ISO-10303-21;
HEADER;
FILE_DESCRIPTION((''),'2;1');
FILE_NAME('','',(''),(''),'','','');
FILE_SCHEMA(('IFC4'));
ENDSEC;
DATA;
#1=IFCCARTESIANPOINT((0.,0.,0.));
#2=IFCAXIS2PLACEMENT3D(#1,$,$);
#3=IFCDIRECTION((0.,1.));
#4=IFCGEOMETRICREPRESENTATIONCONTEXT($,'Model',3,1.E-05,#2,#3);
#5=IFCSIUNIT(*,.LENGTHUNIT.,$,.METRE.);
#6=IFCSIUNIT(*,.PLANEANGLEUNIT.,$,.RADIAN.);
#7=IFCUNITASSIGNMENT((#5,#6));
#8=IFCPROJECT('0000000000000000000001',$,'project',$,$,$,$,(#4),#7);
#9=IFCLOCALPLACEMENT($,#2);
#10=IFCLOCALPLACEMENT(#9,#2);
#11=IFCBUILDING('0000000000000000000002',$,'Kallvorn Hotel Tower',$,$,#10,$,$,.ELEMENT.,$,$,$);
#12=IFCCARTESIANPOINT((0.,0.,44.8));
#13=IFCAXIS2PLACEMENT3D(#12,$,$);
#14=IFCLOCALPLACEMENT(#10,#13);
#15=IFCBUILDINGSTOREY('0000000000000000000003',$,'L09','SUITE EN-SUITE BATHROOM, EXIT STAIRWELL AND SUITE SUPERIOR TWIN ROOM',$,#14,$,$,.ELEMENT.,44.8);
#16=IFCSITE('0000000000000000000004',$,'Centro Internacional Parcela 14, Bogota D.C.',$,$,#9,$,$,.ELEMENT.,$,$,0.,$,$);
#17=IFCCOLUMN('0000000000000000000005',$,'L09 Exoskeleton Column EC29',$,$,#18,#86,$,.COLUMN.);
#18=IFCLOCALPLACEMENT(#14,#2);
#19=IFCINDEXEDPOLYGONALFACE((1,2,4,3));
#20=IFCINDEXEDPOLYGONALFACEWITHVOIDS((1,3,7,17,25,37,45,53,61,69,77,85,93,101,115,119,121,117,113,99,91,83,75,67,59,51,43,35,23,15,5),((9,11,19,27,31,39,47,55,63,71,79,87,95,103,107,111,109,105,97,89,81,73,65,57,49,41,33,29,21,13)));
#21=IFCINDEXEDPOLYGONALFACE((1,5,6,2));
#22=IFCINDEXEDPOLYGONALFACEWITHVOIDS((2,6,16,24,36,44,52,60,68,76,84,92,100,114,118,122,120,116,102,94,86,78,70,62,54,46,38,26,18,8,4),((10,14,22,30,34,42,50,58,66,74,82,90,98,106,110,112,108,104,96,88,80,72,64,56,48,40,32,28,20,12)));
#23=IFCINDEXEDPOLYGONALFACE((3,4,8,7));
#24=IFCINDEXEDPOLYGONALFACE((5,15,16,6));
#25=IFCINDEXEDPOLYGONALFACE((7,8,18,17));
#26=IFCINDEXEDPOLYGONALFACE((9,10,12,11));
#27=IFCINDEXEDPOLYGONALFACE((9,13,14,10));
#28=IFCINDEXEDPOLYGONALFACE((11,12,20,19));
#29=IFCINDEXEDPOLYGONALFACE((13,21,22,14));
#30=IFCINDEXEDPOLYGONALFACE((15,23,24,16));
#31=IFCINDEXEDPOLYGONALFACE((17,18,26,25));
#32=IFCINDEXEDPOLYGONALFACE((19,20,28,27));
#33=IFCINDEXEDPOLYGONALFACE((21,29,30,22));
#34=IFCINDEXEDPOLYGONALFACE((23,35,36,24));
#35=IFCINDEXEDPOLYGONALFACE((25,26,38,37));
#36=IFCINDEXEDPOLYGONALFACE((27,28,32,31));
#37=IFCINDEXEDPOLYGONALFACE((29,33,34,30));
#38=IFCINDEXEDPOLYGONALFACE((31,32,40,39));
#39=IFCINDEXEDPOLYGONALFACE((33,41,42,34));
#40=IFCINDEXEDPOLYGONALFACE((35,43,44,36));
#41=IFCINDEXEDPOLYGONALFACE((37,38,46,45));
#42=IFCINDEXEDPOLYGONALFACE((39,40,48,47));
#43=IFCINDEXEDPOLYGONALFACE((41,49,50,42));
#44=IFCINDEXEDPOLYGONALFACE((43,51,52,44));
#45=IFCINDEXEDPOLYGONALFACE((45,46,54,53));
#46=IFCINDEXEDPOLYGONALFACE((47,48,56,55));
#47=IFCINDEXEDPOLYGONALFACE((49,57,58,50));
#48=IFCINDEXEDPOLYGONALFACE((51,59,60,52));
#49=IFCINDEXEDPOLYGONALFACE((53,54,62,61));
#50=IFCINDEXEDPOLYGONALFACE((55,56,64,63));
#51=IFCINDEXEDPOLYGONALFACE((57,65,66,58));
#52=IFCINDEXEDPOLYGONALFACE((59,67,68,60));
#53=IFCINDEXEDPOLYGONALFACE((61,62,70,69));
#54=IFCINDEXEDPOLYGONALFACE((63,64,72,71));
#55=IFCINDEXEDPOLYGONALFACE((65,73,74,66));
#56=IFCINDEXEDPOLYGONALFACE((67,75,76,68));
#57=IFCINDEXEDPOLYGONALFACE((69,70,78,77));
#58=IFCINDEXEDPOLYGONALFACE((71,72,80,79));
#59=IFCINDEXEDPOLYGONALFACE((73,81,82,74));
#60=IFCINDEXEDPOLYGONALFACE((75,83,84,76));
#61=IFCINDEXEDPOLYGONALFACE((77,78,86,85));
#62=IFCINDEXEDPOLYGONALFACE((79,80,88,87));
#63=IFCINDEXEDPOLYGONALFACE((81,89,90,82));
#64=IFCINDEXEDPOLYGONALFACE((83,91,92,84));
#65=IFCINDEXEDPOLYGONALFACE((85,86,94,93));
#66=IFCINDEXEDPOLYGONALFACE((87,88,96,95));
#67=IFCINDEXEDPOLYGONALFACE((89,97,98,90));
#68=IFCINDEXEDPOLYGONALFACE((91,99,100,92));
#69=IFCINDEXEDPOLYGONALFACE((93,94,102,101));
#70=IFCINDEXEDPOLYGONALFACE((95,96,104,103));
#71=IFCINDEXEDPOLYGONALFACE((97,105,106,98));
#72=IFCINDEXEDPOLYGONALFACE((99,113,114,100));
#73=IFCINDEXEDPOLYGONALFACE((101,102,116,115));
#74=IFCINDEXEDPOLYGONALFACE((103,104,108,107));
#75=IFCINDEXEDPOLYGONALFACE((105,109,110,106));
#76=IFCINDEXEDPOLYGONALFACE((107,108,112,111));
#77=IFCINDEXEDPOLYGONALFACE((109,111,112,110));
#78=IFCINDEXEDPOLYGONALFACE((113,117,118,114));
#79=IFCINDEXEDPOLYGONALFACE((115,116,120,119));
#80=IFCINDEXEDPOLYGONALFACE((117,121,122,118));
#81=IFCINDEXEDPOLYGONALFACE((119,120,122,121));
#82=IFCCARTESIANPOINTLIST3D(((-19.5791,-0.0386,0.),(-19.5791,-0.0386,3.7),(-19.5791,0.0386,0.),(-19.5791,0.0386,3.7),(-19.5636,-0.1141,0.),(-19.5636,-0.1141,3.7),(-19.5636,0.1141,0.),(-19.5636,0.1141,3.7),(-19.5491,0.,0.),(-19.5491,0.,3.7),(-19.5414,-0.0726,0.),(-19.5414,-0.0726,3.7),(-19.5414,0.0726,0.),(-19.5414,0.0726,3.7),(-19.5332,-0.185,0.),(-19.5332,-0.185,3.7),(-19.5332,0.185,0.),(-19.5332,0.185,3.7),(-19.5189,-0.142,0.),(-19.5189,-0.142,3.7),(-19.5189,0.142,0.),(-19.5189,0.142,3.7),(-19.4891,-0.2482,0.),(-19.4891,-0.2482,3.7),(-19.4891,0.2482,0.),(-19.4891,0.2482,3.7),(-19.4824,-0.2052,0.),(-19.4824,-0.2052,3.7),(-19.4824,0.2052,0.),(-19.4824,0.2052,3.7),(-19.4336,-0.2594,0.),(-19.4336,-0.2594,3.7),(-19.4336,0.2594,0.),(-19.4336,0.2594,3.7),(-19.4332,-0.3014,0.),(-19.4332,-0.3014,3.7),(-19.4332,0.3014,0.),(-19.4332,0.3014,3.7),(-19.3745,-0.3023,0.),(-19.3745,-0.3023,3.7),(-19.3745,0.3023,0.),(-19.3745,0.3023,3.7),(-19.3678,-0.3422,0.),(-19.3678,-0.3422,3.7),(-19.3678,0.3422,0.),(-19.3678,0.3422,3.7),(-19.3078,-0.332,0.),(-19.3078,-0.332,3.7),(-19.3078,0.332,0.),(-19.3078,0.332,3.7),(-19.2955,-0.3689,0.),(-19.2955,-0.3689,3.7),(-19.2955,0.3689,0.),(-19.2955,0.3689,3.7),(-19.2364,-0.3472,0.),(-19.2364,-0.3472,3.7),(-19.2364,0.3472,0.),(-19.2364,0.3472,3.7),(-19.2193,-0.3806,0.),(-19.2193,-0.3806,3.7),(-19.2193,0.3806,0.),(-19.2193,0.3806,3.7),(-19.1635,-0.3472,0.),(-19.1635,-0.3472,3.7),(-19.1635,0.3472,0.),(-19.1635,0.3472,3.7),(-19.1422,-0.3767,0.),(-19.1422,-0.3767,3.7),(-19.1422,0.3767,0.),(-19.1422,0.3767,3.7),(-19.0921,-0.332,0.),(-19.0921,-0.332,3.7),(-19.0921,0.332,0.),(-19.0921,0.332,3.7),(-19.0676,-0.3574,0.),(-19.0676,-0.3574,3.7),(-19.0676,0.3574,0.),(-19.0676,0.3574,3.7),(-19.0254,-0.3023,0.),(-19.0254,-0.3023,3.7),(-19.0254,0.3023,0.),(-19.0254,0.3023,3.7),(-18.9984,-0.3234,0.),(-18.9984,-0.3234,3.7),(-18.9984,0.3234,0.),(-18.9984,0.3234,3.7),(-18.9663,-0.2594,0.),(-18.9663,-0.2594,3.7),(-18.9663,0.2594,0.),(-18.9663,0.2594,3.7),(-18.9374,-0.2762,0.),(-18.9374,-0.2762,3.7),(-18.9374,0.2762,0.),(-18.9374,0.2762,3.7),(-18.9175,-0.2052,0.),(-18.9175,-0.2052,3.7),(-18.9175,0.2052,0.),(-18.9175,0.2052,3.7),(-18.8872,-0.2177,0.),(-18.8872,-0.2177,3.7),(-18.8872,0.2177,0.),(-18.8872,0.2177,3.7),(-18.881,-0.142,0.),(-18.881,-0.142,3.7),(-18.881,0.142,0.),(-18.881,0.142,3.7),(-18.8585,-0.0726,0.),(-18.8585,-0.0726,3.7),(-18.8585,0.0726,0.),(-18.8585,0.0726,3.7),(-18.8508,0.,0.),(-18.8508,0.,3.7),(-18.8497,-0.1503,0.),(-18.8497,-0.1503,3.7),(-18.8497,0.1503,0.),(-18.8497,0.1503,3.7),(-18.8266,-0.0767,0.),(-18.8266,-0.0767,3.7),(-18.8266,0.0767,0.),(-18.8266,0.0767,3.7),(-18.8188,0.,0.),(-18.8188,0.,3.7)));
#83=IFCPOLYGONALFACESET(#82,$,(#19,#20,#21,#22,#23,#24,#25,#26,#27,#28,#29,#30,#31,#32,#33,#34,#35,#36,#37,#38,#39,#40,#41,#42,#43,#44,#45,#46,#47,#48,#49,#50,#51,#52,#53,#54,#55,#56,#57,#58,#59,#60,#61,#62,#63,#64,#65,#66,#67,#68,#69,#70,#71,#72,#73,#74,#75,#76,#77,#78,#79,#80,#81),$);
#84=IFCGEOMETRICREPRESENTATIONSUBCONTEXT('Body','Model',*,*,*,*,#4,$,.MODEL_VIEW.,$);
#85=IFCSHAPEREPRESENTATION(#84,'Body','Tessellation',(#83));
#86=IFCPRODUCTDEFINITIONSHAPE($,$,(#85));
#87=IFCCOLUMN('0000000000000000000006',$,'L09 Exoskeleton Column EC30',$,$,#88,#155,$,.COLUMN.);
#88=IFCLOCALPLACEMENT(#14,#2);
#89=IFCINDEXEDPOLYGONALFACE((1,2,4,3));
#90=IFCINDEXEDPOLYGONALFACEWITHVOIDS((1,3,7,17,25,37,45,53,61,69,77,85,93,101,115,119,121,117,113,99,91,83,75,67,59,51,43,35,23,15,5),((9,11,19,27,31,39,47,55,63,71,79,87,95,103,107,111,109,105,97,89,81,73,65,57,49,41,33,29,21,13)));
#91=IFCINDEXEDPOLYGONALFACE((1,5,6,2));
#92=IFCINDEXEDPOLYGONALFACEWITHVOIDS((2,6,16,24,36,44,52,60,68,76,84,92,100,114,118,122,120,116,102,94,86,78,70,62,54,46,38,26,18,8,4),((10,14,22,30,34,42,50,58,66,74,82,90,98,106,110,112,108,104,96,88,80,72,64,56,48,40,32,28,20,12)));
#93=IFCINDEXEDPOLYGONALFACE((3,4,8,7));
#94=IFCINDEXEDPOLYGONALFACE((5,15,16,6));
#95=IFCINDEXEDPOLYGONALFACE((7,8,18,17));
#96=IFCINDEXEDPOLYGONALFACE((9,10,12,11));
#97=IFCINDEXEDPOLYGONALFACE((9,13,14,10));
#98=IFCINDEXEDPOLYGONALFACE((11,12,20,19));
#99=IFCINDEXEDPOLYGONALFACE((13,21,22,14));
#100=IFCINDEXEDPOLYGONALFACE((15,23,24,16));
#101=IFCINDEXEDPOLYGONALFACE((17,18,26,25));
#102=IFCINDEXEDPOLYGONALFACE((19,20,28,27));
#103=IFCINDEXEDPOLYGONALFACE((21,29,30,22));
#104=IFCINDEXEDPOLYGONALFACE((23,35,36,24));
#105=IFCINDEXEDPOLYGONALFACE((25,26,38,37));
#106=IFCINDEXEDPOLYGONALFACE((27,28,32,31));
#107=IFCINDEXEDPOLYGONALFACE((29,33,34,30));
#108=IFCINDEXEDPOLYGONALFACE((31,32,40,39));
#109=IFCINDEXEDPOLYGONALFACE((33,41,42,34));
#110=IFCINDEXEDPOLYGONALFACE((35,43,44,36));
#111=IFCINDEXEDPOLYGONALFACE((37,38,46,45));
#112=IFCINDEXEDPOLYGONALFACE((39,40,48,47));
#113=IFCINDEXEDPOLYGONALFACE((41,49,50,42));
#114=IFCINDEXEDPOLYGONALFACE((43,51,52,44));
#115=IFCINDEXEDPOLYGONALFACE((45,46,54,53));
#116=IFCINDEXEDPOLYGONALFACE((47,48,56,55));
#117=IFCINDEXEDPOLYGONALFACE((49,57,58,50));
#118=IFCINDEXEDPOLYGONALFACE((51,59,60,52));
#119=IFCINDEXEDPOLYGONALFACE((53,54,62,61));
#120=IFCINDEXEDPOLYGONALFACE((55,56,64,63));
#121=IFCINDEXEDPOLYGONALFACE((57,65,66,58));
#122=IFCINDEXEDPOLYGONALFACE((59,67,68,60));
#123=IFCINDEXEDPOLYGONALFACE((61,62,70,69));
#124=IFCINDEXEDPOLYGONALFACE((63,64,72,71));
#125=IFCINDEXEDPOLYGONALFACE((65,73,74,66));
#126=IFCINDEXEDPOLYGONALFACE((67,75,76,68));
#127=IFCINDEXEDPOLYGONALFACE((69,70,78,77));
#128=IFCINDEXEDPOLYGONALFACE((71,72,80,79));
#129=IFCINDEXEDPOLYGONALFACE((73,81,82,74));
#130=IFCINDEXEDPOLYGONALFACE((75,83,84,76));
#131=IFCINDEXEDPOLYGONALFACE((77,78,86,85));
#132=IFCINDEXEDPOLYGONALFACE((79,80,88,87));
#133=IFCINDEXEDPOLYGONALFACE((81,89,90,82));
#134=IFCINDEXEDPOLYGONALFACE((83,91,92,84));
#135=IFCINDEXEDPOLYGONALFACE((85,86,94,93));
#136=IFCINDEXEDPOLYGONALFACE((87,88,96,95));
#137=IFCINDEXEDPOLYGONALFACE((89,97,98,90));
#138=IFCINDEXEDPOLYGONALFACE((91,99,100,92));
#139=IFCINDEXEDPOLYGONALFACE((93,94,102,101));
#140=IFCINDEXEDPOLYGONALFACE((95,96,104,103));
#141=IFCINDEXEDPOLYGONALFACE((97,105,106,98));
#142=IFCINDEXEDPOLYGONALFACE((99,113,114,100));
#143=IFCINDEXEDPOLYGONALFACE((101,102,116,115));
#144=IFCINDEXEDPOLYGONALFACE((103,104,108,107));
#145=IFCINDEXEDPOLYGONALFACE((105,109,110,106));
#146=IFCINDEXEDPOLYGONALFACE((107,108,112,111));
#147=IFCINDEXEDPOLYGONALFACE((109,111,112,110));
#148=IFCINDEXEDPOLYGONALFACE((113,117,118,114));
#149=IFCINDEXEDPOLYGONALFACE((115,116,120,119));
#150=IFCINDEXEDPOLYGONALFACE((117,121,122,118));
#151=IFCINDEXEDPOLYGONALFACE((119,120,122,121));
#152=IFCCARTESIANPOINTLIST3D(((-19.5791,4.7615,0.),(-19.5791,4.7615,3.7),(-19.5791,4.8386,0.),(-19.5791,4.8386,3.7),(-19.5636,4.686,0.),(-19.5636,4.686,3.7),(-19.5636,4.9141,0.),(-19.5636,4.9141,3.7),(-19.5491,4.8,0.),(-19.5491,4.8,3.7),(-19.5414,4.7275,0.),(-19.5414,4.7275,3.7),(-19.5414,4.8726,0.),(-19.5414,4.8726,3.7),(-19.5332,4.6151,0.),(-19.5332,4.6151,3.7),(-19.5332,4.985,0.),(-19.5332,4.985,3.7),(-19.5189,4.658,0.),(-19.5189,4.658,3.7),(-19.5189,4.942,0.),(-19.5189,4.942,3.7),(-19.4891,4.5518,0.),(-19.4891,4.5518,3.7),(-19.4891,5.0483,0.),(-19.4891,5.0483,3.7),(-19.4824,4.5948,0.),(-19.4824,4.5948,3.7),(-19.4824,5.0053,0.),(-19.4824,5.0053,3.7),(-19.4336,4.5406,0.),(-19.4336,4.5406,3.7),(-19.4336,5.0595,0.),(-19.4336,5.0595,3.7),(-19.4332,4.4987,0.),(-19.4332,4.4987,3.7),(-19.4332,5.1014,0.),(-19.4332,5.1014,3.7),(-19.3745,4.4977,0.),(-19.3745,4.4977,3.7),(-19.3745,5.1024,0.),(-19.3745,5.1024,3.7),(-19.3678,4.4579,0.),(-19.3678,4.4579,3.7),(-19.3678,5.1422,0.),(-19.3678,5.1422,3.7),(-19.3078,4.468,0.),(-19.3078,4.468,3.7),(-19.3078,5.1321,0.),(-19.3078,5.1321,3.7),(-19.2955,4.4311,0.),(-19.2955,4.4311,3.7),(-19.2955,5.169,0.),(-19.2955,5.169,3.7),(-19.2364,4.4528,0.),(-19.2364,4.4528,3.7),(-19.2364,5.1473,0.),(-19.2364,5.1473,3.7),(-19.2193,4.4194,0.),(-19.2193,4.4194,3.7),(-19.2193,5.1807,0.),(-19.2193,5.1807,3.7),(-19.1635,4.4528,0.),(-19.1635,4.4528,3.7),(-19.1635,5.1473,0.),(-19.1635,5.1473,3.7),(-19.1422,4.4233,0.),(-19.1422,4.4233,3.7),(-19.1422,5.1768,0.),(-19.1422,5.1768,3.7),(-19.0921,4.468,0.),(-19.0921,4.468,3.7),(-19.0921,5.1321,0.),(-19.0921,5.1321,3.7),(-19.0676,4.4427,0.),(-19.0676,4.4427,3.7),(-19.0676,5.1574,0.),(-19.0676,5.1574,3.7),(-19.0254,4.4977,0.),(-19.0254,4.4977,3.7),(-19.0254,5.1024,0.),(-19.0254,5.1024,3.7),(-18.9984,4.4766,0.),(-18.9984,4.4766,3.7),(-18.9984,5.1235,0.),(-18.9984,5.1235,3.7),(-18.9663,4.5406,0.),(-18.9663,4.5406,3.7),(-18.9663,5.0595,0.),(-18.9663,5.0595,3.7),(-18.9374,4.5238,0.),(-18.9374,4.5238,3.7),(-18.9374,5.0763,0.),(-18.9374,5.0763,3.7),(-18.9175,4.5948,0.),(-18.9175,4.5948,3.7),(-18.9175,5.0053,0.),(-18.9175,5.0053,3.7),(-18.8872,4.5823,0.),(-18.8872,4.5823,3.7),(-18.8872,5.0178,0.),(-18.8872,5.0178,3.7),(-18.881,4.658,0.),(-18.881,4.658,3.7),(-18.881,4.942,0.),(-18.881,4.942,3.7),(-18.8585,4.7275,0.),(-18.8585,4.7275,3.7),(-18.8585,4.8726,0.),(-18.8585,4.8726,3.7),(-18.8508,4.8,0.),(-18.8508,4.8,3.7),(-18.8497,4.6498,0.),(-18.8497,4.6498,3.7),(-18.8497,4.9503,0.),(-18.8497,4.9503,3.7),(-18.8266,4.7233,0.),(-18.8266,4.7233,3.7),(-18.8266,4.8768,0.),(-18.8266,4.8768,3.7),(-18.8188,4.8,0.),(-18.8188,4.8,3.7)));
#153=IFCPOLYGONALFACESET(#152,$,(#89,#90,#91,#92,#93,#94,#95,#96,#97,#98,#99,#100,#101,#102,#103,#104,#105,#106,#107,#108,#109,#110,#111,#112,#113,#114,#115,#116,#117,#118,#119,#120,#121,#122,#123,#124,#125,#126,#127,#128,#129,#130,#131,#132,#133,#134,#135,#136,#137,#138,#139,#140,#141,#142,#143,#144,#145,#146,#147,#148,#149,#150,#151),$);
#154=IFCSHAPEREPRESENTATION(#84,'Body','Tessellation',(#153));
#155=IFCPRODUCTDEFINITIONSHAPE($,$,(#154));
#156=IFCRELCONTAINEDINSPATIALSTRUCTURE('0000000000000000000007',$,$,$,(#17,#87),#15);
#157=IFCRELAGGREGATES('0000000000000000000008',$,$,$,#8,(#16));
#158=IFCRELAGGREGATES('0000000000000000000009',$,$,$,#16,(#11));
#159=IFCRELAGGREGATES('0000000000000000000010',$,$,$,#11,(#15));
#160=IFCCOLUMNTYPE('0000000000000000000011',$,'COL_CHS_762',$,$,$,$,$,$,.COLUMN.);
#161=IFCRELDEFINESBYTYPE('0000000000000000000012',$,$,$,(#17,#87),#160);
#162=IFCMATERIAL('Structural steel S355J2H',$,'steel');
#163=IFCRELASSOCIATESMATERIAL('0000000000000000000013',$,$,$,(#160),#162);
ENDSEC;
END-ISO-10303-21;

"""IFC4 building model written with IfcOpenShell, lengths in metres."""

from ifc_helpers import new_model, si_unit, direction, frame, origin, origin_2d, place, context, subcontext, project, spatial, hollow_circle, extrude, material, material_profile, profile_set, type_object, element, save


model = new_model("IFC4")

# Units and contexts
model_context = context("Model", 3, precision=1e-05, world=origin(), true_north=direction((0.0, 1.0)))
body_context = subcontext(model_context, "Body", "Model", "MODEL_VIEW")
ifc_project = project(units=[si_unit("LENGTHUNIT", "METRE"), si_unit("PLANEANGLEUNIT", "RADIAN")], contexts=[model_context])

# Site, building, storey
site_placement = place(None, origin())
site = spatial("IfcSite", under=ifc_project, at=site_placement, Name="Centro Internacional Parcela 14, Bogota D.C.", CompositionType="ELEMENT", RefElevation=0.0)
building_placement = place(site_placement, origin())
building = spatial("IfcBuilding", under=site, at=building_placement, Name="Kallvorn Hotel Tower", CompositionType="ELEMENT")
storey_placement = place(building_placement, frame((0.0, 0.0, 44.8)))
storey = spatial("IfcBuildingStorey", under=building, at=storey_placement, Name="L09", Description="SUITE EN-SUITE BATHROOM, EXIT STAIRWELL AND SUITE SUPERIOR TWIN ROOM", CompositionType="ELEMENT", Elevation=44.8)

# Columns
ifc_material_1 = material(Name="Structural steel S355J2H", Category="steel")
ifc_material_profile_1 = material_profile(ifc_material_1, hollow_circle(Radius=0.3811, WallThickness=0.032, at=origin_2d()), Name="CHS 762x32")
ifc_profile_set_1 = profile_set([ifc_material_profile_1], Name="Structural steel S355J2H")
column_type_1 = type_object("IfcColumnType", Name="COL_CHS_762", PredefinedType="COLUMN", material=ifc_profile_set_1)
for number, where, z_axis, x_axis, name in (
    (1, (-19.2, 0.0, 0.0), (0.0, 0.0, 1.0), (1.0, 0.0, 0.0), "L09 Exoskeleton Column EC29"),
    (2, (-19.2, 4.8, 0.0), (0.0, 0.0, 1.0), (1.0, 0.0, 0.0), "L09 Exoskeleton Column EC30"),
):
    element("IfcColumn", number, at=place(storey_placement, frame(where, z_axis=z_axis, x_axis=x_axis)), inside=storey, type_object=column_type_1, Name=name, PredefinedType="COLUMN", context=body_context, shape_type="SweptSolid", body=[
        extrude(hollow_circle(Radius=0.3811, WallThickness=0.032, at=origin_2d()), origin(), (0.0, 0.0, 1.0), 3.7),
    ])

save(model, "model.ifc")
